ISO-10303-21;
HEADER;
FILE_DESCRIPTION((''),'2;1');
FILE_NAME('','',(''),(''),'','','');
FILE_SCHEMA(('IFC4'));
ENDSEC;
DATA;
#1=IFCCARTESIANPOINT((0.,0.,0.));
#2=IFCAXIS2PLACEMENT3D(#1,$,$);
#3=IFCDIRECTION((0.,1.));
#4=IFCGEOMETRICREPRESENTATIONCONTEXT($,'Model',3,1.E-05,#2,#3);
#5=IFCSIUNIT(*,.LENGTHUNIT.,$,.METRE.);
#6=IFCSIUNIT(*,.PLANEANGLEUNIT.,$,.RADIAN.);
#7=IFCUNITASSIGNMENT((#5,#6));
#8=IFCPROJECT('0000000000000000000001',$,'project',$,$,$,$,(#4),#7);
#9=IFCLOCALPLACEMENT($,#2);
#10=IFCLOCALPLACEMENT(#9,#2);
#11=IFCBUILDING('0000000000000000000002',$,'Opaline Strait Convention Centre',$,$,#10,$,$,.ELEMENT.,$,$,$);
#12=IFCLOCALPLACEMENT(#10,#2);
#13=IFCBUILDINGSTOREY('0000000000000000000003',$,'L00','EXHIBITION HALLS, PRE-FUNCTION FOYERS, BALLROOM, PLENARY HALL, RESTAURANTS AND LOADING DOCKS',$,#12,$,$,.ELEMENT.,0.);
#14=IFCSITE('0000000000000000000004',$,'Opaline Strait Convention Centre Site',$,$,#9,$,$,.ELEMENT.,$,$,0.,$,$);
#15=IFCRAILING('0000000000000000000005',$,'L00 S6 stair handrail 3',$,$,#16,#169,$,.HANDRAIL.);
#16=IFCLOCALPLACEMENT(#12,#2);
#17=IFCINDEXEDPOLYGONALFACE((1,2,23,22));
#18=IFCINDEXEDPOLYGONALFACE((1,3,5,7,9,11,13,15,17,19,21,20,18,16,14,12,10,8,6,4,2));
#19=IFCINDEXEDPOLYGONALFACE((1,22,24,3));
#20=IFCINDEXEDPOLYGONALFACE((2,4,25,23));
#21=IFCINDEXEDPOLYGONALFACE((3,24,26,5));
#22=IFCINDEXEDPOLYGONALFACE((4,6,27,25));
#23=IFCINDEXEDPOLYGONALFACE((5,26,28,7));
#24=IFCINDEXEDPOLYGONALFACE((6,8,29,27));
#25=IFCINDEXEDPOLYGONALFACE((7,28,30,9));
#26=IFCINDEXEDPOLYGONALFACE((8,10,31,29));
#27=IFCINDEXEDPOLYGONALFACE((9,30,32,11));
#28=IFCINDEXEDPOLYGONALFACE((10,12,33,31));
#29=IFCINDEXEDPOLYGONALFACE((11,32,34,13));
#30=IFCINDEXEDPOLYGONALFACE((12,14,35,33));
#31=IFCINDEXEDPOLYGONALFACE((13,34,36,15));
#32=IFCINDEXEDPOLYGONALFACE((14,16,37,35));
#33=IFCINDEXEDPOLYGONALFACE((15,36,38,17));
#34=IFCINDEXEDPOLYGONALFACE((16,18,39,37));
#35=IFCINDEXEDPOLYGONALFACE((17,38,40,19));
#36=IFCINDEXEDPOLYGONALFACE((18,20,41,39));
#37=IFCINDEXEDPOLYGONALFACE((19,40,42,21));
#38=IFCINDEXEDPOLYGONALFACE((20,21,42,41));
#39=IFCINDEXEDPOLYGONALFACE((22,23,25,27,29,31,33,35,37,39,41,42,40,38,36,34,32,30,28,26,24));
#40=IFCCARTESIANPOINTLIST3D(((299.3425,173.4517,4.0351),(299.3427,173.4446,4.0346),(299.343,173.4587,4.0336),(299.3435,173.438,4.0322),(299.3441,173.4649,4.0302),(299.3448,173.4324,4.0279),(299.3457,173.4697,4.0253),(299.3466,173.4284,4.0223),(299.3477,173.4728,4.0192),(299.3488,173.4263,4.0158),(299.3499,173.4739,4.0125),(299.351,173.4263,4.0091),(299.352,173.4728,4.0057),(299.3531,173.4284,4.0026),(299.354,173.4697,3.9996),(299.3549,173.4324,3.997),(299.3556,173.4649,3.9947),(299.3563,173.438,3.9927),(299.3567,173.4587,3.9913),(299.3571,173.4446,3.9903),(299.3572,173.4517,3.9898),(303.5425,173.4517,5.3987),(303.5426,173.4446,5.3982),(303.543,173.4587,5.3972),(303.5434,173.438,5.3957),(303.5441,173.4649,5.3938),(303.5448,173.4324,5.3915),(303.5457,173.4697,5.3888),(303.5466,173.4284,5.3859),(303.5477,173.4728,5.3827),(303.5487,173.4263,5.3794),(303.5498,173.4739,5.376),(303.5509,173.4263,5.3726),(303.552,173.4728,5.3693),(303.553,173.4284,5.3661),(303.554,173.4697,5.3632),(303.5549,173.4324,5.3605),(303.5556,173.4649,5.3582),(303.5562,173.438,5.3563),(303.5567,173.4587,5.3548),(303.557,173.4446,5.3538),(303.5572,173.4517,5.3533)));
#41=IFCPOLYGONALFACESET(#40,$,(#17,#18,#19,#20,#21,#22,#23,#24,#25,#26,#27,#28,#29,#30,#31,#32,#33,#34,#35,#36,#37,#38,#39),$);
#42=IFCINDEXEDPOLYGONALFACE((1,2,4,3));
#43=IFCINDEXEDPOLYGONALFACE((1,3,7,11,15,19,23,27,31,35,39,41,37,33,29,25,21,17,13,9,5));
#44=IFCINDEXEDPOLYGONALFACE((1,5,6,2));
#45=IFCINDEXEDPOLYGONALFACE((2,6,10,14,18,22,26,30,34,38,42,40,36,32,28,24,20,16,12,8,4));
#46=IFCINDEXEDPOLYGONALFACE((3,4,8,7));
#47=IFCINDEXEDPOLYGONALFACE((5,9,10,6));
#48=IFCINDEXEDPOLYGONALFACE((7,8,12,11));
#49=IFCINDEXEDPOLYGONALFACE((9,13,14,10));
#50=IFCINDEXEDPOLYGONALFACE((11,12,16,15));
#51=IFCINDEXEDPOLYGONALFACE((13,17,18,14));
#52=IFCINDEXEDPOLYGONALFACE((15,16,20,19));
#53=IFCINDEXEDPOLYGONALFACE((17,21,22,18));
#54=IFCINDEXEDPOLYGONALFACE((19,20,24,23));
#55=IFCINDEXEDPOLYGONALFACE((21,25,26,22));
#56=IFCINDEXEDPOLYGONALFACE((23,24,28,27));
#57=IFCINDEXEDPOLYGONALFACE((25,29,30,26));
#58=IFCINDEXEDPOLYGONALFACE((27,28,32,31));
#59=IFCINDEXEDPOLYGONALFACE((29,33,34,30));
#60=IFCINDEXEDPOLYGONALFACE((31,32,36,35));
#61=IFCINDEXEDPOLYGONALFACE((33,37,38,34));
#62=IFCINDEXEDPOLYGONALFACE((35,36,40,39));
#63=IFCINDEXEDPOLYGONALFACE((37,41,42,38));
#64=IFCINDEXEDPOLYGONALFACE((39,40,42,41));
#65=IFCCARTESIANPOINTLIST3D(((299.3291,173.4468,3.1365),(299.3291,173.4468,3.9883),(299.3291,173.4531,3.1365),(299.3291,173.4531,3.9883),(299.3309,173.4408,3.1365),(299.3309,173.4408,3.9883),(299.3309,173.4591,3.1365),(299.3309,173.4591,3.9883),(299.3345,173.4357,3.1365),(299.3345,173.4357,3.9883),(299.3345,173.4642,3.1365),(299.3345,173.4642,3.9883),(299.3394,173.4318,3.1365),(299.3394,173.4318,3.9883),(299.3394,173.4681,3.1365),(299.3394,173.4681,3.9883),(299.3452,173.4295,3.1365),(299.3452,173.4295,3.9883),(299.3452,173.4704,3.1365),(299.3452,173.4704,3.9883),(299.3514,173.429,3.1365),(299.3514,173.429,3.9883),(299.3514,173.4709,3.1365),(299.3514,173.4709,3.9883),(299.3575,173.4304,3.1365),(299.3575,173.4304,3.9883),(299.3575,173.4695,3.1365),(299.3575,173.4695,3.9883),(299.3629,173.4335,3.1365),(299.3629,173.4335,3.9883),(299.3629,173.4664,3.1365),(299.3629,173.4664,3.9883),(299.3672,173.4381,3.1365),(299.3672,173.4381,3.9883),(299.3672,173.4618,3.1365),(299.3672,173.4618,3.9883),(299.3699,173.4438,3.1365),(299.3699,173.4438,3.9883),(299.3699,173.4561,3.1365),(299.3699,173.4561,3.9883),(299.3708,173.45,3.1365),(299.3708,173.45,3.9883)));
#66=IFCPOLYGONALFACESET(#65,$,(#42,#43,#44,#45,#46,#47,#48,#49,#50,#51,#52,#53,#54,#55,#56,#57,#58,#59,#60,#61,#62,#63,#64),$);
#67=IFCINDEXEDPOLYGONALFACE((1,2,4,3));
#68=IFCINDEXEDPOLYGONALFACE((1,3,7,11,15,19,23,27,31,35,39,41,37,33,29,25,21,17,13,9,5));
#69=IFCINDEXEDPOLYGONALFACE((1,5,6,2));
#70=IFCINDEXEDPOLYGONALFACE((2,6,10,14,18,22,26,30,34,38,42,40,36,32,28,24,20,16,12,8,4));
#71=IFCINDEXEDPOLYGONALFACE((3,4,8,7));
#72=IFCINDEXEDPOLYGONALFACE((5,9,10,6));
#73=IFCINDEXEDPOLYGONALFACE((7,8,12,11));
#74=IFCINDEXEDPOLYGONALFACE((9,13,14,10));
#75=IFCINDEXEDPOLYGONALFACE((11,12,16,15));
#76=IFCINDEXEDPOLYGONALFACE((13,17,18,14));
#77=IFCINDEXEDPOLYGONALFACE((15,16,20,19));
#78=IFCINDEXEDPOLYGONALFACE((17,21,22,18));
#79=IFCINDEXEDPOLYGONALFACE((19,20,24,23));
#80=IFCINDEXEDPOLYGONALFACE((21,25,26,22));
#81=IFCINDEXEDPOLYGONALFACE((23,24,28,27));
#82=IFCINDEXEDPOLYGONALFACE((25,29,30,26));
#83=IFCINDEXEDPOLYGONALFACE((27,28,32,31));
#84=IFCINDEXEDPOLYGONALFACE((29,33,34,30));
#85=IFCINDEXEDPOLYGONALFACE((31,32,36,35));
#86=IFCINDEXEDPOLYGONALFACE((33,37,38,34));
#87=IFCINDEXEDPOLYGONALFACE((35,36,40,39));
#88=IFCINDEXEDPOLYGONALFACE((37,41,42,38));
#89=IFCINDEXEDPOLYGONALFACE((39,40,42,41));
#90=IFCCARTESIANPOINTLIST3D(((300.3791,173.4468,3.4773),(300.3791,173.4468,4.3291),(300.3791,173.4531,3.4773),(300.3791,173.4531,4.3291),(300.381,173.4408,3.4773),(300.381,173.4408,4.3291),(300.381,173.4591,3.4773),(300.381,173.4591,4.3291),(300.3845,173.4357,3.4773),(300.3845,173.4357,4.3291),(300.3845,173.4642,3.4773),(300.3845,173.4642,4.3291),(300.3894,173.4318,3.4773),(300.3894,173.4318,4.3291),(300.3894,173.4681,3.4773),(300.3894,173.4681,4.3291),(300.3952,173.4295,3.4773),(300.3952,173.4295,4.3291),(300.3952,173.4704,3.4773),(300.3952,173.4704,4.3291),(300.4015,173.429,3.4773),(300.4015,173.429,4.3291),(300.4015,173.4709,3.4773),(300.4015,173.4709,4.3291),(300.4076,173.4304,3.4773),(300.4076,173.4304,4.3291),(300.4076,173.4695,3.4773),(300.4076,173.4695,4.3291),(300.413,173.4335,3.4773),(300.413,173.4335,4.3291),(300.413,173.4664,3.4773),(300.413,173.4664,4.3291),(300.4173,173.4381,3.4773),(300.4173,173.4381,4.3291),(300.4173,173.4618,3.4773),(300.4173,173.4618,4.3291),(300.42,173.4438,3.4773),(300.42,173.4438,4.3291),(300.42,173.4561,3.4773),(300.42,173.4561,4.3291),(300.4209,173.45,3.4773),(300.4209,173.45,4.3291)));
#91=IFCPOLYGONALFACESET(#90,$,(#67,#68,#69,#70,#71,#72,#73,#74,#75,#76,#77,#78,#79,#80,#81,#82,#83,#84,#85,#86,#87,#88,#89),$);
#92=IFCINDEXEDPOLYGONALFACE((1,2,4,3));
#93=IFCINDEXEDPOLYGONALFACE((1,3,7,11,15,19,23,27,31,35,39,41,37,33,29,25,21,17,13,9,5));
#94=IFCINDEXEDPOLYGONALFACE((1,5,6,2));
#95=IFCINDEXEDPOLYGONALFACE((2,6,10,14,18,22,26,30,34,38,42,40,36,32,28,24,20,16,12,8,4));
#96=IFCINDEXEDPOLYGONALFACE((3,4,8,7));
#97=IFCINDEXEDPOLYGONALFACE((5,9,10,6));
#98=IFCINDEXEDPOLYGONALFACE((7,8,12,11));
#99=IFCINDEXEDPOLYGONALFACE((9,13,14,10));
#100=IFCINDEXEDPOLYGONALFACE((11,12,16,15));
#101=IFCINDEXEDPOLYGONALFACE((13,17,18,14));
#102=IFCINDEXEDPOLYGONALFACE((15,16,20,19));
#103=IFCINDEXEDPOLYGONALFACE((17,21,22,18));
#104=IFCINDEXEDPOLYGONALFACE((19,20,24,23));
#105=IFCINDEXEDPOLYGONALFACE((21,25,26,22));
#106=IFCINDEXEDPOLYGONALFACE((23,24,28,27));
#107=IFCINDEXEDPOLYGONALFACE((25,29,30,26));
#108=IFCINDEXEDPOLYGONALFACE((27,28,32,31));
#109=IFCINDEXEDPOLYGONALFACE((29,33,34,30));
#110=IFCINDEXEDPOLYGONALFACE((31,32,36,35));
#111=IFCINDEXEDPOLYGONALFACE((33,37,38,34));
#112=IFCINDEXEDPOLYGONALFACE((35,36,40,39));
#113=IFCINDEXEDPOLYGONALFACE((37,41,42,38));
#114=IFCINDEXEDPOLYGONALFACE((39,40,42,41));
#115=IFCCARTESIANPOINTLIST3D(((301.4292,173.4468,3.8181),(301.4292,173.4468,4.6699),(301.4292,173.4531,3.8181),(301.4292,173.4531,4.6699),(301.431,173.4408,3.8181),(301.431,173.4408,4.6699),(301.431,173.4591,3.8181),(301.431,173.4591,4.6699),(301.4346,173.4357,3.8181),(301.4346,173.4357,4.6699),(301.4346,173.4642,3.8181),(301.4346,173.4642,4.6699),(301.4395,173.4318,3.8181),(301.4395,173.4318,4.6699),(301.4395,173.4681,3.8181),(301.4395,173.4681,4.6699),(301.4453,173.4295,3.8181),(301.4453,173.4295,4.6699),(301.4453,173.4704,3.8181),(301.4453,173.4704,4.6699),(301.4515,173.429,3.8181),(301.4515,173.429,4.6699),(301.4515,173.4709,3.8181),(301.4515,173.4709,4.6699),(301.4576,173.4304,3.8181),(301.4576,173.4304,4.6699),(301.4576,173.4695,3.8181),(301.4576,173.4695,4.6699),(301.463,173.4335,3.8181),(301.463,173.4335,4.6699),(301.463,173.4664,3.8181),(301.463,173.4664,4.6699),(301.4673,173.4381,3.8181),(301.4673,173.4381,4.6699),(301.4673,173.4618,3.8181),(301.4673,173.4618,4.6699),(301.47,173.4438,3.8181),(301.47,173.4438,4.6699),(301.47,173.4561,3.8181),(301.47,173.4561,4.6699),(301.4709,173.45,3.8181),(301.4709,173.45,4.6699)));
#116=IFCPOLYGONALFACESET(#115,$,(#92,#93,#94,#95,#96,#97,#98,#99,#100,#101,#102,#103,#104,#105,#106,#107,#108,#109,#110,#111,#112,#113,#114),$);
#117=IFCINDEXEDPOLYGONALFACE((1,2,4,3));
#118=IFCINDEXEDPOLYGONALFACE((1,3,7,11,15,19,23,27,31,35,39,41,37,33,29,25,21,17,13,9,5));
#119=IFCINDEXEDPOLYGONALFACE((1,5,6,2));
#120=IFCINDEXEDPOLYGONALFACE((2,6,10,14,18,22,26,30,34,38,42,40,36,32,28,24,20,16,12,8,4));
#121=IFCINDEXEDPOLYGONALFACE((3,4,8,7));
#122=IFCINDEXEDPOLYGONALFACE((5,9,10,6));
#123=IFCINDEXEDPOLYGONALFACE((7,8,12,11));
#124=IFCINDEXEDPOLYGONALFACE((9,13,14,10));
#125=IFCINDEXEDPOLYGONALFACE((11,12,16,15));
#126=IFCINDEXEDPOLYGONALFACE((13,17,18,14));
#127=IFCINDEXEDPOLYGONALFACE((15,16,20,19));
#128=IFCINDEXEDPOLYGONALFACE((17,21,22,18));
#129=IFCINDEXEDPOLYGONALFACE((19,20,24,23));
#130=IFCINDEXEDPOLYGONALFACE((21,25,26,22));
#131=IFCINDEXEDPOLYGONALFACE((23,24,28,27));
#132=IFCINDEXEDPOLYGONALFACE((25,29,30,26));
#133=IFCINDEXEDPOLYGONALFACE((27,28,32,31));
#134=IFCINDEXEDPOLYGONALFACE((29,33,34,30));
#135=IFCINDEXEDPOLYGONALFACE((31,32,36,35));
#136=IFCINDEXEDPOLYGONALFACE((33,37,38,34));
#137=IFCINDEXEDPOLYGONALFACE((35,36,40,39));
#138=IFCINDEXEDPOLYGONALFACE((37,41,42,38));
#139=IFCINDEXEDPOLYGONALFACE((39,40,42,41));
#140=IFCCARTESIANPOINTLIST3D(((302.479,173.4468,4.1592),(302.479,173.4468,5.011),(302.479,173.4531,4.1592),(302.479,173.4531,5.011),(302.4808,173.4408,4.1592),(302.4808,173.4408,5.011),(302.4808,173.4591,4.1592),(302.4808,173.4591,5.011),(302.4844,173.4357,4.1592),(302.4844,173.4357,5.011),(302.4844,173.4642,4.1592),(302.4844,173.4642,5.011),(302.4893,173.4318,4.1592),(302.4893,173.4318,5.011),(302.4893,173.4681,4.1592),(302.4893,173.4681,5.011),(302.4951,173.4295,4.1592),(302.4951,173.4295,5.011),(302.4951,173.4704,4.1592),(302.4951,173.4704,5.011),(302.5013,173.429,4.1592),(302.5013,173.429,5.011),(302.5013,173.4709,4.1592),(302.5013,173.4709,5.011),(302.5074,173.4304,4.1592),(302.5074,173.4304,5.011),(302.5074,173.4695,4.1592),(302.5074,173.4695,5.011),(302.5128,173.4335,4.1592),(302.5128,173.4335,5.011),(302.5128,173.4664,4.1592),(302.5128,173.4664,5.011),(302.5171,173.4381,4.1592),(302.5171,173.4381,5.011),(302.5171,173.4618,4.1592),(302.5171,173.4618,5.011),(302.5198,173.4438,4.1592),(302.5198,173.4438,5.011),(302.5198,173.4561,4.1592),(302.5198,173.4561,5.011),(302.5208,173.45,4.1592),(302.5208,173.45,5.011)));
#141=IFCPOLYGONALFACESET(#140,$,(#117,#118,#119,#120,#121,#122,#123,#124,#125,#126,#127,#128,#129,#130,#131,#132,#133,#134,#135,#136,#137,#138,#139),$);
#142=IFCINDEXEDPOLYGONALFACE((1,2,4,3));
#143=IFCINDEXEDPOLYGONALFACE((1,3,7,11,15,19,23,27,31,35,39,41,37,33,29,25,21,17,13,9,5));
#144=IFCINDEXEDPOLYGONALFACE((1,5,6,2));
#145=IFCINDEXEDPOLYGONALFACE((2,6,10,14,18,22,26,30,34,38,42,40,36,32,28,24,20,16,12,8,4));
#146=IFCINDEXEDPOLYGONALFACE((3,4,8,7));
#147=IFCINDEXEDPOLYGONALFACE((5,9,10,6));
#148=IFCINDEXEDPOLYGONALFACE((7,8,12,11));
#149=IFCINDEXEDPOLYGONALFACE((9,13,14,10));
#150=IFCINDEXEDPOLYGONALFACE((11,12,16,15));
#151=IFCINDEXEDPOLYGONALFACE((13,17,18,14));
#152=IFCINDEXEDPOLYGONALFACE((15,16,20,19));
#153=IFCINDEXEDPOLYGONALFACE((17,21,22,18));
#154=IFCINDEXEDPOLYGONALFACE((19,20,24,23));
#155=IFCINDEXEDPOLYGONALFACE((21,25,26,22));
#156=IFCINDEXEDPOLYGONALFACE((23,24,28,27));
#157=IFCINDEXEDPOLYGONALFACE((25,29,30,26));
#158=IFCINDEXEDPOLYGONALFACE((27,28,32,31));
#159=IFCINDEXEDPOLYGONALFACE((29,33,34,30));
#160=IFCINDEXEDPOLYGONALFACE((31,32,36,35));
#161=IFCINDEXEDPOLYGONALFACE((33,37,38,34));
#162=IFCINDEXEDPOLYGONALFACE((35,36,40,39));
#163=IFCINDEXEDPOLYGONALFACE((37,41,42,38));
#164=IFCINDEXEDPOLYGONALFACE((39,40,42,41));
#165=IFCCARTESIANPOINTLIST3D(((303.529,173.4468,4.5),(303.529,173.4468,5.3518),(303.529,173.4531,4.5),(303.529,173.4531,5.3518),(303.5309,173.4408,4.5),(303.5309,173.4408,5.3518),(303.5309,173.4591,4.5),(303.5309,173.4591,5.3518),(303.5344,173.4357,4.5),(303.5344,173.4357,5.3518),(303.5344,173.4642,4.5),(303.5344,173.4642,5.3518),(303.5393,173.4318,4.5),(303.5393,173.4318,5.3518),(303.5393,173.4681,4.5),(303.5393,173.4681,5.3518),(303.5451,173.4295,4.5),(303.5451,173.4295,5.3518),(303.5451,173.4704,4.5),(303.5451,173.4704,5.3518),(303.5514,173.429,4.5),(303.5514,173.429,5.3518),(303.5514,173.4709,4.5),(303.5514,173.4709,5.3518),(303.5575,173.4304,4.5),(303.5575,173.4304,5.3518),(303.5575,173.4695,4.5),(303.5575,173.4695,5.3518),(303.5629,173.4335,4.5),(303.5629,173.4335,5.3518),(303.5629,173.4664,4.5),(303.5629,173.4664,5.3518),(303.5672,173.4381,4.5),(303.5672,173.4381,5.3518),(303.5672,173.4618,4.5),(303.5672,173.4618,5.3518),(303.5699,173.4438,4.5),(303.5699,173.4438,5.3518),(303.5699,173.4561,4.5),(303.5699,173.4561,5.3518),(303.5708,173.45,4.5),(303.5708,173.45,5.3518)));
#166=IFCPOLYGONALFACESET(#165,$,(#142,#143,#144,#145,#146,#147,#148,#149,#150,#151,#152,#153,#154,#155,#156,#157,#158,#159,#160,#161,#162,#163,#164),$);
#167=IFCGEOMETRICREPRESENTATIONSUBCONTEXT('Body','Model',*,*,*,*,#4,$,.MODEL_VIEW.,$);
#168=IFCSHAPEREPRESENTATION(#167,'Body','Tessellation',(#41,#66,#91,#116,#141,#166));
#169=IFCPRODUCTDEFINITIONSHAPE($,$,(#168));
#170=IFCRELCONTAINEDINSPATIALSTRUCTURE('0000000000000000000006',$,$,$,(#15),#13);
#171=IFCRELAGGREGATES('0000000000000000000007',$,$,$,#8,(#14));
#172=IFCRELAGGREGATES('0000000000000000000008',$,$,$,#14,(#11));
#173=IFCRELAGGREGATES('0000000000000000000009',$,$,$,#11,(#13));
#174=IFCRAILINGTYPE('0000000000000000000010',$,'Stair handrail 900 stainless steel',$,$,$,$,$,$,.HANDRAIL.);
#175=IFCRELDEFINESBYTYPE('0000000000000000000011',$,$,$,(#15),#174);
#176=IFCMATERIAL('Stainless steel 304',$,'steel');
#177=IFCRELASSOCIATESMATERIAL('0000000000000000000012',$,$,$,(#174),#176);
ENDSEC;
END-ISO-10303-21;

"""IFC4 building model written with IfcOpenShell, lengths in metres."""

from ifc_helpers import new_model, si_unit, direction, frame, origin, origin_2d, place, context, subcontext, project, spatial, circle, extrude, material, type_object, element, save


model = new_model("IFC4")

# Units and contexts
model_context = context("Model", 3, precision=1e-05, world=origin(), true_north=direction((0.0, 1.0)))
body_context = subcontext(model_context, "Body", "Model", "MODEL_VIEW")
ifc_project = project(units=[si_unit("LENGTHUNIT", "METRE"), si_unit("PLANEANGLEUNIT", "RADIAN")], contexts=[model_context])

# Site, building, storey
site_placement = place(None, origin())
site = spatial("IfcSite", under=ifc_project, at=site_placement, Name="Opaline Strait Convention Centre Site", CompositionType="ELEMENT", RefElevation=0.0)
building_placement = place(site_placement, origin())
building = spatial("IfcBuilding", under=site, at=building_placement, Name="Opaline Strait Convention Centre", CompositionType="ELEMENT")
storey_placement = place(building_placement, origin())
storey = spatial("IfcBuildingStorey", under=building, at=storey_placement, Name="L00", Description="EXHIBITION HALLS, PRE-FUNCTION FOYERS, BALLROOM, PLENARY HALL, RESTAURANTS AND LOADING DOCKS", CompositionType="ELEMENT", Elevation=0.0)

# Railing
ifc_material_1 = material(Name="Stainless steel 304", Category="steel")
railing_type_1 = type_object("IfcRailingType", Name="Stair handrail 900 stainless steel", PredefinedType="HANDRAIL", material=ifc_material_1)
for number, where, name in (
    (1, (299.3499, 173.45, 3.1365), "L00 S6 stair handrail 3"),
):
    element("IfcRailing", number, at=place(storey_placement, frame(where)), inside=storey, type_object=railing_type_1, Name=name, PredefinedType="HANDRAIL", context=body_context, shape_type="SweptSolid", body=[
        extrude(circle(Radius=0.0239, at=origin_2d()), frame((0.0, 0.0, 0.876), z_axis=(0.951131, 0.0, 0.308787), x_axis=(0.0, 1.0, 0.0)), (0.0, 0.0, 1.0), 4.4158),
        extrude(circle(Radius=0.021, at=origin_2d()), origin(), (0.0, 0.0, 1.0), 0.8518),
        extrude(circle(Radius=0.021, at=origin_2d()), frame((1.05, 0.0, 0.3408)), (0.0, 0.0, 1.0), 0.8518),
        extrude(circle(Radius=0.021, at=origin_2d()), frame((2.1001, 0.0, 0.6816)), (0.0, 0.0, 1.0), 0.8518),
        extrude(circle(Radius=0.021, at=origin_2d()), frame((3.1499, 0.0, 1.0227)), (0.0, 0.0, 1.0), 0.8518),
        extrude(circle(Radius=0.021, at=origin_2d()), frame((4.2, 0.0, 1.3635)), (0.0, 0.0, 1.0), 0.8518),
    ])

save(model, "model.ifc")
